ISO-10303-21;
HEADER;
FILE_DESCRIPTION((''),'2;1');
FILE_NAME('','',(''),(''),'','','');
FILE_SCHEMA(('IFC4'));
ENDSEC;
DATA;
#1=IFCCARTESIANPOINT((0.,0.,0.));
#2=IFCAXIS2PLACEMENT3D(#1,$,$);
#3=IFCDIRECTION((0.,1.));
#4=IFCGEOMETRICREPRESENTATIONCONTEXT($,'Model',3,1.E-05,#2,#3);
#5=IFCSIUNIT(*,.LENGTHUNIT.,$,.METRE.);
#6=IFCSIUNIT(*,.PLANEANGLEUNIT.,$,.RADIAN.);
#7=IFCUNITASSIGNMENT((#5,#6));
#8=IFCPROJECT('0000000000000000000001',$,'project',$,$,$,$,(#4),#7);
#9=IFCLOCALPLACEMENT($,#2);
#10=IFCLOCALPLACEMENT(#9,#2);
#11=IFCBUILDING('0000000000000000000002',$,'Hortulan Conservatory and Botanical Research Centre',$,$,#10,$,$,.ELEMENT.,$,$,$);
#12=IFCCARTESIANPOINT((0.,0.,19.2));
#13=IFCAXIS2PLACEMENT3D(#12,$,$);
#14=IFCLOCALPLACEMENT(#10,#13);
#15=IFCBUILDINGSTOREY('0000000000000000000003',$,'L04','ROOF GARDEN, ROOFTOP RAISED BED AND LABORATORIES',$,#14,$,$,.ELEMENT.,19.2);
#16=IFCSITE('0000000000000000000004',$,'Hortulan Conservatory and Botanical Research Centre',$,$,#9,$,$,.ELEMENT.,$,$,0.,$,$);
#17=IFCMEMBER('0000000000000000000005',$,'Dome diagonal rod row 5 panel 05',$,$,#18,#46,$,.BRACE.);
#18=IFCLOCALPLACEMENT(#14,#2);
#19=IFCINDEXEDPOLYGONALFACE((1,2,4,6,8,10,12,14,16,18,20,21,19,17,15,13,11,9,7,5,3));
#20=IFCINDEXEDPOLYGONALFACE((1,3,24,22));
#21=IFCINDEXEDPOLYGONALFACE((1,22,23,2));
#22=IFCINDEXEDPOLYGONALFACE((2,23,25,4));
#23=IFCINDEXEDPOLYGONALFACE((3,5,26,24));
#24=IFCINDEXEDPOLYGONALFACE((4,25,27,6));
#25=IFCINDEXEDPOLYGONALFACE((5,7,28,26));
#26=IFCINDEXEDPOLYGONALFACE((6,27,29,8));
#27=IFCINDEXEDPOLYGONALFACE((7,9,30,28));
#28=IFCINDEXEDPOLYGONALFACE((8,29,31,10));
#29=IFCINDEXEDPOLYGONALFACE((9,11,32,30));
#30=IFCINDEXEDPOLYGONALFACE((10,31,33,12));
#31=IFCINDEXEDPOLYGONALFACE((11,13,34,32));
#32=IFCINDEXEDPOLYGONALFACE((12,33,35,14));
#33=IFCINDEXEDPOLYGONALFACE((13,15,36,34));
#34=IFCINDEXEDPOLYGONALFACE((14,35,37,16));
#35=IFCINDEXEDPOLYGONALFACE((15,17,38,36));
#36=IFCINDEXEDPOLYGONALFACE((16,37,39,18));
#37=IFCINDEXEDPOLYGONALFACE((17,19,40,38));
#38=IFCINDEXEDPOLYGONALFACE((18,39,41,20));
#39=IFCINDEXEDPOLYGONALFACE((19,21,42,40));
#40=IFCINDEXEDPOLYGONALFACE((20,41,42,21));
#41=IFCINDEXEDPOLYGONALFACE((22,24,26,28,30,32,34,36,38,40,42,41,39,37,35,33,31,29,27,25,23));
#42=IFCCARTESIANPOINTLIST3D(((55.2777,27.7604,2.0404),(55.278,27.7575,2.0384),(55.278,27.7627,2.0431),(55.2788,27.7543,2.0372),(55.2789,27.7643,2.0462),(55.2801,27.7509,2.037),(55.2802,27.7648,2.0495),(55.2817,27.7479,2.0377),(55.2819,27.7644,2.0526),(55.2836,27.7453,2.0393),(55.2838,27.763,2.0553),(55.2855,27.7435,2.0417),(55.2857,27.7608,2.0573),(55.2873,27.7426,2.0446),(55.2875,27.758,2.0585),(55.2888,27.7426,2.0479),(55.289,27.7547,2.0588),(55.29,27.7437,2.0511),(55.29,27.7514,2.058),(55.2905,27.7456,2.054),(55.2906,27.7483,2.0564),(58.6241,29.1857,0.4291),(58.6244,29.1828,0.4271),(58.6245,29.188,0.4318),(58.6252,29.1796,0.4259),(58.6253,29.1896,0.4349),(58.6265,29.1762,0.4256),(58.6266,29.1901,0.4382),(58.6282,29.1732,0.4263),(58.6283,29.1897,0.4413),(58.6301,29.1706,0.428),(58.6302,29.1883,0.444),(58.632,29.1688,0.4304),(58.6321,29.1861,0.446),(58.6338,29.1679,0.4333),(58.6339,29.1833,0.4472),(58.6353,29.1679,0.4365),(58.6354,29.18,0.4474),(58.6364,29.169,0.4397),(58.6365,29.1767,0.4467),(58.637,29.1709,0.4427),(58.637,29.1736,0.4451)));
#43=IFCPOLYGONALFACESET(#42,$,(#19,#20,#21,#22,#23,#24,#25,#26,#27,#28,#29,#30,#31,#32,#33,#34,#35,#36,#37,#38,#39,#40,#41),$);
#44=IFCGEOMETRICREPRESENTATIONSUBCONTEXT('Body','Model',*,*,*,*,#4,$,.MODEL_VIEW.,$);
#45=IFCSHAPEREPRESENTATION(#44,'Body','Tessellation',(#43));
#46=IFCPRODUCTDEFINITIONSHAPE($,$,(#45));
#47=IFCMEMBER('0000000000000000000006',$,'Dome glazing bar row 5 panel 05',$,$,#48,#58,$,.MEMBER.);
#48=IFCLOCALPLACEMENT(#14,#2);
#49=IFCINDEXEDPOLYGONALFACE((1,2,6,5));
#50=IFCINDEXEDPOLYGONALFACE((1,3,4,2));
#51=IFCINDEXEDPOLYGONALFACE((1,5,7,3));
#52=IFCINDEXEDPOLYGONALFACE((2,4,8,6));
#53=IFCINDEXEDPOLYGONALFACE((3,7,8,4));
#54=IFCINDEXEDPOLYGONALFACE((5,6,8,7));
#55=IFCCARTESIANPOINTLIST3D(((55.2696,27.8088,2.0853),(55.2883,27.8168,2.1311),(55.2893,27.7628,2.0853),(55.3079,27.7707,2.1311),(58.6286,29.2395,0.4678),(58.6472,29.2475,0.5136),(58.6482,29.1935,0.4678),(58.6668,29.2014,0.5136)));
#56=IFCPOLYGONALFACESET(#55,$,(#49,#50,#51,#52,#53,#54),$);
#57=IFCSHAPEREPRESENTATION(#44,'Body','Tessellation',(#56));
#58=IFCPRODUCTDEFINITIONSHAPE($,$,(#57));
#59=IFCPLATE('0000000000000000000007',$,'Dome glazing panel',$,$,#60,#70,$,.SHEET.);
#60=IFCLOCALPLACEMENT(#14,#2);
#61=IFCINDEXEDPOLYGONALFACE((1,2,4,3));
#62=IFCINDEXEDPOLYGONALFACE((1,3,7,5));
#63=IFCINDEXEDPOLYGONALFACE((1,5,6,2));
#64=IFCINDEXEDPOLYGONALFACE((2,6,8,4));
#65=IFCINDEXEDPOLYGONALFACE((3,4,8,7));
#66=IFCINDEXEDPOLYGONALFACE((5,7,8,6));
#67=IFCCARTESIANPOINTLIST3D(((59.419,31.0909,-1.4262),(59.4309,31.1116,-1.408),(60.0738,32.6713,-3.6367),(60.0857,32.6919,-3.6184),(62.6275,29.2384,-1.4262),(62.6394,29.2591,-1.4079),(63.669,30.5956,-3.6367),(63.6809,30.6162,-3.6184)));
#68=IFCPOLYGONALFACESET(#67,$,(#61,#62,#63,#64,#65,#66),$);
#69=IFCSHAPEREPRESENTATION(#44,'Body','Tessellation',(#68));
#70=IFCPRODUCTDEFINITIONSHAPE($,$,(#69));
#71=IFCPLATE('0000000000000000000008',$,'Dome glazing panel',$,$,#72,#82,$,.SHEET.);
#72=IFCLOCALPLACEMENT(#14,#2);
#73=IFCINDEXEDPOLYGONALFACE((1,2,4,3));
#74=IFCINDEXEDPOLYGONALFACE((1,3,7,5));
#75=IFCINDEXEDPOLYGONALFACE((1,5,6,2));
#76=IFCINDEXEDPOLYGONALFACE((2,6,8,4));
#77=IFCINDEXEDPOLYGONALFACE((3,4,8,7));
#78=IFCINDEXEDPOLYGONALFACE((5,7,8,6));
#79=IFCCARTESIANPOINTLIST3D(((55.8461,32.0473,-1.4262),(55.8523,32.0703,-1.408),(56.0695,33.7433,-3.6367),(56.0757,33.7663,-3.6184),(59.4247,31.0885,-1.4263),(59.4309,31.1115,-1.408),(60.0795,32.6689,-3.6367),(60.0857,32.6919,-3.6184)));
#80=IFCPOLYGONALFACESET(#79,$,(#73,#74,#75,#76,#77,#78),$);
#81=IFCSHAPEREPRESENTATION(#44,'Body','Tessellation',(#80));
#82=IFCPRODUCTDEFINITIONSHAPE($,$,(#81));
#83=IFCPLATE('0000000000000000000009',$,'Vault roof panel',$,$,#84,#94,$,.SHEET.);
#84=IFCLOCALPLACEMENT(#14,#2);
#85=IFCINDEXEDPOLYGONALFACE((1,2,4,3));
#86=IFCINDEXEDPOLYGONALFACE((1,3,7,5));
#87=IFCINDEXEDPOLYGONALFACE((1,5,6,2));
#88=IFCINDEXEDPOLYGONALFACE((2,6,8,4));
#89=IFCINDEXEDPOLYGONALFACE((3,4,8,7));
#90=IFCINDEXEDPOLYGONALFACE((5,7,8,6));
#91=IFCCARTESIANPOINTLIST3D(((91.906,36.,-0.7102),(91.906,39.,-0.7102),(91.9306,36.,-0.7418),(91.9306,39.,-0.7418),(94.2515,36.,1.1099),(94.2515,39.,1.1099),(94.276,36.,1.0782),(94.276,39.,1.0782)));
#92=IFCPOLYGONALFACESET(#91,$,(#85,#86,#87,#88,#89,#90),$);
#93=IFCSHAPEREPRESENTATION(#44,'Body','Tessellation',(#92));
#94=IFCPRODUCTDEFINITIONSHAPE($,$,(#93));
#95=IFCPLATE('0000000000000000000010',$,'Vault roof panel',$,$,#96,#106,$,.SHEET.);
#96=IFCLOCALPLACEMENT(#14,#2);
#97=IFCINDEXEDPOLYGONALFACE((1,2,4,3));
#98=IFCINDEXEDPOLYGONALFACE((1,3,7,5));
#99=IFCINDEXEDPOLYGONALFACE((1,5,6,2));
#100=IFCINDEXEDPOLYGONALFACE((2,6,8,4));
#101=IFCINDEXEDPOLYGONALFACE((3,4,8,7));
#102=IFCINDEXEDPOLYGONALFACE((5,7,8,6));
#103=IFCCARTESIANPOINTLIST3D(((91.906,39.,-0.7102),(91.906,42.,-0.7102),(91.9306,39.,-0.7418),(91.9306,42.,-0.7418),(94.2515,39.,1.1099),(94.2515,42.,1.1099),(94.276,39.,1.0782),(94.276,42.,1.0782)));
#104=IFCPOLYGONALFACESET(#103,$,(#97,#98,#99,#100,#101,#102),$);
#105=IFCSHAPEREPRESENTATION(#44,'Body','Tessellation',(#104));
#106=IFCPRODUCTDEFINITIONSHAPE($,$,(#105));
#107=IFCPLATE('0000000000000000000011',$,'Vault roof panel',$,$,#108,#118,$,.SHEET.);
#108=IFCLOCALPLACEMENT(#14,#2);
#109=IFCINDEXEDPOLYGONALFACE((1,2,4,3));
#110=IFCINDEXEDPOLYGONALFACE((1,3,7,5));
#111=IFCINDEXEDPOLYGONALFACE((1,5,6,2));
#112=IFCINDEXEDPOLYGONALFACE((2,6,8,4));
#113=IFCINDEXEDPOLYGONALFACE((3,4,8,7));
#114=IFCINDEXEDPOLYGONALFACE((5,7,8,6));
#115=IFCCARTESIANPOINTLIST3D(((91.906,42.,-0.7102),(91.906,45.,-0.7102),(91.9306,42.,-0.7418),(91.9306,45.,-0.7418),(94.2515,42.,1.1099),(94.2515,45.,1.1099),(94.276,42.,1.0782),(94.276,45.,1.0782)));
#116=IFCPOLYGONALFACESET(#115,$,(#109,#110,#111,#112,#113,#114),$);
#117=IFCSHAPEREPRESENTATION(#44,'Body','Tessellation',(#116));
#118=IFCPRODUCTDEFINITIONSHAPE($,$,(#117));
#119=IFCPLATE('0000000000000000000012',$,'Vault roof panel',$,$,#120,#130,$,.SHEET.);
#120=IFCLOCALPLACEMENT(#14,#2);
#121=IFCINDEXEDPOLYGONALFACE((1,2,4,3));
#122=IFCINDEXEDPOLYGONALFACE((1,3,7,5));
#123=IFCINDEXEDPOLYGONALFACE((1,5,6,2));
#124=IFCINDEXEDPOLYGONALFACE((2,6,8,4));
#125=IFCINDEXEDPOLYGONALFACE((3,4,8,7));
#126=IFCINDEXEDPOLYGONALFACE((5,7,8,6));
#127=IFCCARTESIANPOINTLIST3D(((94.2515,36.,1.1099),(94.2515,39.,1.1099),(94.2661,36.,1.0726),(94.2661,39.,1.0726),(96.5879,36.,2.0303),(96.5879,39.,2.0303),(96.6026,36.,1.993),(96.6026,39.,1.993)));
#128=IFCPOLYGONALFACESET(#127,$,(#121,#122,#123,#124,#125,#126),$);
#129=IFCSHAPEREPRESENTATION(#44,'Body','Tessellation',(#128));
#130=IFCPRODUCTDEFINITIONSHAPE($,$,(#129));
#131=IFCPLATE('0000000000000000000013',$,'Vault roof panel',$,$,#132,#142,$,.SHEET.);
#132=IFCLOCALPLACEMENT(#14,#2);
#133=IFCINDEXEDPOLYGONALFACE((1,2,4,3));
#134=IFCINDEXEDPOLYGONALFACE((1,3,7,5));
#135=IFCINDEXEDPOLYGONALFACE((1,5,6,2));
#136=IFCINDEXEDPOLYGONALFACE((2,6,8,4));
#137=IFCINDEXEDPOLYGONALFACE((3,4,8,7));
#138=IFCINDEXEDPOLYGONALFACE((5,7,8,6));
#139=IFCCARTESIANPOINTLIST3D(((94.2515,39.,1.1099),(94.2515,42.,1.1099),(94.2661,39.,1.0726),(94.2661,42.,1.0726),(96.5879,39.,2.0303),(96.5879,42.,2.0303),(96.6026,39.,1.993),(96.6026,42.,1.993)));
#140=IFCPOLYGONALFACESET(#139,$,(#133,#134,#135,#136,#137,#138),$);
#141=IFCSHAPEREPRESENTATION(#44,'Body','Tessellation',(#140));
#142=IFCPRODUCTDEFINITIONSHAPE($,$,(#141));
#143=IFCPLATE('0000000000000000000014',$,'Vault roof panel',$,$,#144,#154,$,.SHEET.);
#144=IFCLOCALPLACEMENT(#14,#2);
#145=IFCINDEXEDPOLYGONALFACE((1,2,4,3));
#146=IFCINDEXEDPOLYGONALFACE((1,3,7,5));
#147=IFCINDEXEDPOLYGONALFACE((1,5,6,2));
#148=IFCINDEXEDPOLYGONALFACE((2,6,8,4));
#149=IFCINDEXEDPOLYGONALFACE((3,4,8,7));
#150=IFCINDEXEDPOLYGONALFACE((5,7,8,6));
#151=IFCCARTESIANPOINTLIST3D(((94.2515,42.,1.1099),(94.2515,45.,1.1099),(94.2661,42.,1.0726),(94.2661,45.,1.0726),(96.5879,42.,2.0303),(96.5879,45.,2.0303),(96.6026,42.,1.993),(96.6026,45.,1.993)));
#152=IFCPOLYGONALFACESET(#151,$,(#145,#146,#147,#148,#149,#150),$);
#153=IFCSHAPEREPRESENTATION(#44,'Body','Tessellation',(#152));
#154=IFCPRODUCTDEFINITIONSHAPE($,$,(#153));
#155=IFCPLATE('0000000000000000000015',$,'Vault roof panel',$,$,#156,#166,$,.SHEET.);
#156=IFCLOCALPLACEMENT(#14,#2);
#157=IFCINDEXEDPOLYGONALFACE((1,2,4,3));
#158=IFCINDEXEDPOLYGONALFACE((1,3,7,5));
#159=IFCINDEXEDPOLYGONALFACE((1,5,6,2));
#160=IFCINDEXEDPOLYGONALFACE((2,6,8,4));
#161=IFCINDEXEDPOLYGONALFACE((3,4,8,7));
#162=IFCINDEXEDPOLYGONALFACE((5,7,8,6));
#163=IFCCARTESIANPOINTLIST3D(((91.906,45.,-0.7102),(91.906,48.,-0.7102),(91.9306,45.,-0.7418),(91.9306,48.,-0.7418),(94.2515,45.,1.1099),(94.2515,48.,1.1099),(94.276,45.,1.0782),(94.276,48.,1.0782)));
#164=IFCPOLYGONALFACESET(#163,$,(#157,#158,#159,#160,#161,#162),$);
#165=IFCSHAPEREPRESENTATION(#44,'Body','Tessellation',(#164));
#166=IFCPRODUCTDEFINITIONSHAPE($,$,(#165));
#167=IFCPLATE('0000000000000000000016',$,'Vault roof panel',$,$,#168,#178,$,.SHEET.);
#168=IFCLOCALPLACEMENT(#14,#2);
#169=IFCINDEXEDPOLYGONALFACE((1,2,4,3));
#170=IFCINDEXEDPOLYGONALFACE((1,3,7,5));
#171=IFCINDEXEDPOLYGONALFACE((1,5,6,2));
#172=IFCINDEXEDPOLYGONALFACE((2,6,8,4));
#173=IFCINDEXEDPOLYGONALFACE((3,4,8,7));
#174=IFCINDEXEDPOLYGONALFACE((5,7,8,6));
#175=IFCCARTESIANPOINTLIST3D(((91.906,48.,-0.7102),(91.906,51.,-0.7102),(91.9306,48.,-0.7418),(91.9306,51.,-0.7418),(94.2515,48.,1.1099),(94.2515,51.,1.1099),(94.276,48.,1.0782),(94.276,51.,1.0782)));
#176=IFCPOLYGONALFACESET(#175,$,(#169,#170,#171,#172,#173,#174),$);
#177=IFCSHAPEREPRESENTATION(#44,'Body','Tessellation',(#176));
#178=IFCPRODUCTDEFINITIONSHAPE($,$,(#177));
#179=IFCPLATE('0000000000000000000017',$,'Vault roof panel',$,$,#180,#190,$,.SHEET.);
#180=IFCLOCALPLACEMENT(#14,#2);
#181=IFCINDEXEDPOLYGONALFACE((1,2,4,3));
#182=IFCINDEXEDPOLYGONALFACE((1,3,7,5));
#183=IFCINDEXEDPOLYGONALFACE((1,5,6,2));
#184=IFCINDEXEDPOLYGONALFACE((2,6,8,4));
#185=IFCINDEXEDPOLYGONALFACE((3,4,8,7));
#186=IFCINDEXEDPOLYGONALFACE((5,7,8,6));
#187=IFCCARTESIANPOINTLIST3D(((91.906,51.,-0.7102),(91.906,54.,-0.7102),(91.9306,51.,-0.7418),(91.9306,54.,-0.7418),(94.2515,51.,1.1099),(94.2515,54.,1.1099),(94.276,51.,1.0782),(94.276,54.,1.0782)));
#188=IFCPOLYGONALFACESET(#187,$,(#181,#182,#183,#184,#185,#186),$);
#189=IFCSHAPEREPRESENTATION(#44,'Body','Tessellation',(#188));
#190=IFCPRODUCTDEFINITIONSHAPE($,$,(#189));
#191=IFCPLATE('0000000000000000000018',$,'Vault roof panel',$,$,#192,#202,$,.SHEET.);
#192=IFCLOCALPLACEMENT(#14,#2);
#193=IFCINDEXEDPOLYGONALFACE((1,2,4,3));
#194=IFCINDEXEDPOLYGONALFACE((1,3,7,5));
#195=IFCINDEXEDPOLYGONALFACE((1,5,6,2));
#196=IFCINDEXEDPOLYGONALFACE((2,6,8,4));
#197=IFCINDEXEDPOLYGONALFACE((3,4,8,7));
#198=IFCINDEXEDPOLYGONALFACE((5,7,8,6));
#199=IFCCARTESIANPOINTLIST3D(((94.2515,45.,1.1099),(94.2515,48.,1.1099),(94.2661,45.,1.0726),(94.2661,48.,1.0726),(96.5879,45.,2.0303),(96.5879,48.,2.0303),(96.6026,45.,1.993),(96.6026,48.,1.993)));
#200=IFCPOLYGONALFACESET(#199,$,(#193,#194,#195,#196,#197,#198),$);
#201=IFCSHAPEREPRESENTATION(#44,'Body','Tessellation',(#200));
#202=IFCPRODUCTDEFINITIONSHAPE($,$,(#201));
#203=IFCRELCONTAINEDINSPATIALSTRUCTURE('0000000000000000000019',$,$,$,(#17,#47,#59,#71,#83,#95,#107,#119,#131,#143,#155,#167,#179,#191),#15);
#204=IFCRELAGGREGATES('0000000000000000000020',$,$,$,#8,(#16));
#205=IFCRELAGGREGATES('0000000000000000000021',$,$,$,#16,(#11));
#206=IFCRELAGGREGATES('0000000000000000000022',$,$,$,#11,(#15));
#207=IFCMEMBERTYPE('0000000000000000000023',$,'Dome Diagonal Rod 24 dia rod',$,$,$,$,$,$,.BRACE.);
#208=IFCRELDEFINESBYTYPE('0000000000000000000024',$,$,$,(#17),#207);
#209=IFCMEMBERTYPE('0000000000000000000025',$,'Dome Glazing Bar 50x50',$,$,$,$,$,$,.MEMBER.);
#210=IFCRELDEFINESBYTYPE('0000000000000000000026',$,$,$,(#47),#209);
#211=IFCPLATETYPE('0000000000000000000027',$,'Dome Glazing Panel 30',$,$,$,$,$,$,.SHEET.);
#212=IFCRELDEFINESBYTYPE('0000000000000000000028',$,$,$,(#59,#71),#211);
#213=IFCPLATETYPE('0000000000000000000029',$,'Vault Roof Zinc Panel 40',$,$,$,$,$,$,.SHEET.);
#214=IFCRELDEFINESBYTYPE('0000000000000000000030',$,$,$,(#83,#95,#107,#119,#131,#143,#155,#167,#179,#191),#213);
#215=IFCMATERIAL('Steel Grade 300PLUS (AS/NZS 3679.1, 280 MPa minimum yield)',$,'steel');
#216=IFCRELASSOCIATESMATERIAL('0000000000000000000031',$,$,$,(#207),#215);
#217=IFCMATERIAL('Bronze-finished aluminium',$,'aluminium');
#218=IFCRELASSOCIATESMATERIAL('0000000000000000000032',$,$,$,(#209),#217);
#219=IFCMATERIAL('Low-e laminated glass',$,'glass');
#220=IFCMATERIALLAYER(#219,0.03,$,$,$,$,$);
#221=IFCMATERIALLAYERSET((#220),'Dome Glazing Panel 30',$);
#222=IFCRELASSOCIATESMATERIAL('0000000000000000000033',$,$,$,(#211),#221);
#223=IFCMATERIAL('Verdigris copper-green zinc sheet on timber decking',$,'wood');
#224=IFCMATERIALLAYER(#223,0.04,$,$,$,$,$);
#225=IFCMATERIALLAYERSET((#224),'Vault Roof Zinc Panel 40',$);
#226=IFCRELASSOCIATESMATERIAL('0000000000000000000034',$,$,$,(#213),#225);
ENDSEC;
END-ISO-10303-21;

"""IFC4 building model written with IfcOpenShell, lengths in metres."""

from ifc_helpers import new_model, si_unit, direction, frame, origin, origin_2d, place, context, subcontext, project, spatial, polyline, rectangle, circle, outline, extrude, material, layer, layer_set, material_profile, profile_set, type_object, element, save


model = new_model("IFC4")

# Units and contexts
model_context = context("Model", 3, precision=1e-05, world=origin(), true_north=direction((0.0, 1.0)))
body_context = subcontext(model_context, "Body", "Model", "MODEL_VIEW")
ifc_project = project(units=[si_unit("LENGTHUNIT", "METRE"), si_unit("PLANEANGLEUNIT", "RADIAN")], contexts=[model_context])

# Site, building, storey
site_placement = place(None, origin())
site = spatial("IfcSite", under=ifc_project, at=site_placement, Name="Hortulan Conservatory and Botanical Research Centre", CompositionType="ELEMENT", RefElevation=0.0)
building_placement = place(site_placement, origin())
building = spatial("IfcBuilding", under=site, at=building_placement, Name="Hortulan Conservatory and Botanical Research Centre", CompositionType="ELEMENT")
storey_placement = place(building_placement, frame((0.0, 0.0, 19.2)))
storey = spatial("IfcBuildingStorey", under=building, at=storey_placement, Name="L04", Description="ROOF GARDEN, ROOFTOP RAISED BED AND LABORATORIES", CompositionType="ELEMENT", Elevation=19.2)

# Members
ifc_material_1 = material(Name="Steel Grade 300PLUS (AS/NZS 3679.1, 280 MPa minimum yield)", Category="steel")
ifc_material_profile_1 = material_profile(ifc_material_1, circle(Radius=0.012, at=origin_2d()), Name="24 dia rod")
ifc_profile_set_1 = profile_set([ifc_material_profile_1], Name="Steel Grade 300PLUS (AS/NZS 3679.1, 280 MPa minimum yield)")
member_type_1 = type_object("IfcMemberType", Name="Dome Diagonal Rod 24 dia rod", PredefinedType="BRACE", material=ifc_profile_set_1)
member_1_placement = place(storey_placement, frame((58.6306, 29.179, 0.4365), z_axis=(-0.841183, -0.358271, 0.405034), x_axis=(0.391853, -0.920028, 0.0)))
element("IfcMember", 1, at=member_1_placement, inside=storey, type_object=member_type_1, Name="Dome diagonal rod row 5 panel 05", PredefinedType="BRACE", context=body_context, shape_type="SweptSolid", body=[
    extrude(circle(Radius=0.012, at=origin_2d()), origin(), (0.0, 0.0, 1.0), 3.9783),
])
ifc_material_2 = material(Name="Bronze-finished aluminium", Category="aluminium")
ifc_material_profile_2 = material_profile(ifc_material_2, rectangle(XDim=0.05, YDim=0.05, at=origin_2d()), Name="Square bar 50x50")
ifc_profile_set_2 = profile_set([ifc_material_profile_2], Name="Bronze-finished aluminium")
member_type_2 = type_object("IfcMemberType", Name="Dome Glazing Bar 50x50", PredefinedType="MEMBER", material=ifc_profile_set_2)
member_2_placement = place(storey_placement, frame((58.6477, 29.2205, 0.4907), z_axis=(-0.841169, -0.358282, 0.405055), x_axis=(0.391868, -0.920021, 0.0)))
element("IfcMember", 2, at=member_2_placement, inside=storey, type_object=member_type_2, Name="Dome glazing bar row 5 panel 05", PredefinedType="MEMBER", context=body_context, shape_type="SweptSolid", body=[
    extrude(rectangle(XDim=0.05, YDim=0.05, at=origin_2d()), origin(), (0.0, 0.0, 1.0), 3.9932),
])

# Plates
ifc_material_3 = material(Name="Low-e laminated glass", Category="glass")
ifc_layer_1 = layer(ifc_material_3, 0.03)
ifc_layer_set_1 = layer_set([ifc_layer_1], Name="Dome Glazing Panel 30")
plate_type_1 = type_object("IfcPlateType", Name="Dome Glazing Panel 30", PredefinedType="SHEET", material=ifc_layer_set_1)
plate_1_placement = place(storey_placement, frame((63.6809, 30.6162, -3.6184), z_axis=(0.396692, 0.687073, 0.608741), x_axis=(-0.866023, 0.500005, 0.000007)))
element("IfcPlate", 3, at=plate_1_placement, inside=storey, type_object=plate_type_1, Name="Dome glazing panel", PredefinedType="SHEET", context=body_context, shape_type="SweptSolid", body=[
    extrude(outline(polyline([(0.0, 0.0), (4.1514, 0.0), (3.9283, 2.7861), (0.2234, 2.7862), (0.0, 0.0)])), origin(), (0.0, 0.0, -1.0), 0.03),
])
plate_2_placement = place(storey_placement, frame((60.0857, 32.6919, -3.6184), z_axis=(0.205325, 0.766346, 0.608732), x_axis=(-0.965929, 0.258806, -0.000008)))
element("IfcPlate", 4, at=plate_2_placement, inside=storey, type_object=plate_type_1, Name="Dome glazing panel", PredefinedType="SHEET", context=body_context, shape_type="SweptSolid", body=[
    extrude(outline(polyline([(0.0, 0.0), (4.1515, 0.0), (3.9283, 2.7862), (0.2235, 2.7861), (0.0, 0.0)])), origin(), (0.0, 0.0, -1.0), 0.03),
])
ifc_material_4 = material(Name="Verdigris copper-green zinc sheet on timber decking", Category="wood")
ifc_layer_2 = layer(ifc_material_4, 0.04)
ifc_layer_set_2 = layer_set([ifc_layer_2], Name="Vault Roof Zinc Panel 40")
plate_type_2 = type_object("IfcPlateType", Name="Vault Roof Zinc Panel 40", PredefinedType="SHEET", material=ifc_layer_set_2)
for number, where, z_axis, x_axis, name in (
    (5, (91.906, 36.0, -0.7102), (-0.613063, 0.0, 0.790034), (0.790034, 0.0, 0.613063), "Vault roof panel"),
    (6, (91.906, 39.0, -0.7102), (-0.613063, 0.0, 0.790034), (0.790034, 0.0, 0.613063), "Vault roof panel"),
    (7, (91.906, 42.0, -0.7102), (-0.613063, 0.0, 0.790034), (0.790034, 0.0, 0.613063), "Vault roof panel"),
):
    element("IfcPlate", number, at=place(storey_placement, frame(where, z_axis=z_axis, x_axis=x_axis)), inside=storey, type_object=plate_type_2, Name=name, PredefinedType="SHEET", context=body_context, shape_type="SweptSolid", body=[
        extrude(outline(polyline([(0.0, 0.0), (2.9688, 0.0), (2.9688, 3.0), (0.0, 3.0), (0.0, 0.0)])), origin(), (0.0, 0.0, -1.0), 0.04),
    ])
for number, where, z_axis, x_axis, name in (
    (8, (94.2515, 36.0, 1.1099), (-0.366525, 0.0, 0.930408), (0.930408, 0.0, 0.366525), "Vault roof panel"),
    (9, (94.2515, 39.0, 1.1099), (-0.366525, 0.0, 0.930408), (0.930408, 0.0, 0.366525), "Vault roof panel"),
    (10, (94.2515, 42.0, 1.1099), (-0.366525, 0.0, 0.930408), (0.930408, 0.0, 0.366525), "Vault roof panel"),
):
    element("IfcPlate", number, at=place(storey_placement, frame(where, z_axis=z_axis, x_axis=x_axis)), inside=storey, type_object=plate_type_2, Name=name, PredefinedType="SHEET", context=body_context, shape_type="SweptSolid", body=[
        extrude(outline(polyline([(0.0, 0.0), (2.5112, 0.0), (2.5112, 3.0), (0.0, 3.0), (0.0, 0.0)])), origin(), (0.0, 0.0, -1.0), 0.04),
    ])
for number, where, z_axis, x_axis, name in (
    (11, (91.906, 45.0, -0.7102), (-0.613063, 0.0, 0.790034), (0.790034, 0.0, 0.613063), "Vault roof panel"),
    (12, (91.906, 48.0, -0.7102), (-0.613063, 0.0, 0.790034), (0.790034, 0.0, 0.613063), "Vault roof panel"),
    (13, (91.906, 51.0, -0.7102), (-0.613063, 0.0, 0.790034), (0.790034, 0.0, 0.613063), "Vault roof panel"),
):
    element("IfcPlate", number, at=place(storey_placement, frame(where, z_axis=z_axis, x_axis=x_axis)), inside=storey, type_object=plate_type_2, Name=name, PredefinedType="SHEET", context=body_context, shape_type="SweptSolid", body=[
        extrude(outline(polyline([(0.0, 0.0), (2.9688, 0.0), (2.9688, 3.0), (0.0, 3.0), (0.0, 0.0)])), origin(), (0.0, 0.0, -1.0), 0.04),
    ])
for number, where, z_axis, x_axis, name in (
    (14, (94.2515, 45.0, 1.1099), (-0.366525, 0.0, 0.930408), (0.930408, 0.0, 0.366525), "Vault roof panel"),
):
    element("IfcPlate", number, at=place(storey_placement, frame(where, z_axis=z_axis, x_axis=x_axis)), inside=storey, type_object=plate_type_2, Name=name, PredefinedType="SHEET", context=body_context, shape_type="SweptSolid", body=[
        extrude(outline(polyline([(0.0, 0.0), (2.5112, 0.0), (2.5112, 3.0), (0.0, 3.0), (0.0, 0.0)])), origin(), (0.0, 0.0, -1.0), 0.04),
    ])

save(model, "model.ifc")
